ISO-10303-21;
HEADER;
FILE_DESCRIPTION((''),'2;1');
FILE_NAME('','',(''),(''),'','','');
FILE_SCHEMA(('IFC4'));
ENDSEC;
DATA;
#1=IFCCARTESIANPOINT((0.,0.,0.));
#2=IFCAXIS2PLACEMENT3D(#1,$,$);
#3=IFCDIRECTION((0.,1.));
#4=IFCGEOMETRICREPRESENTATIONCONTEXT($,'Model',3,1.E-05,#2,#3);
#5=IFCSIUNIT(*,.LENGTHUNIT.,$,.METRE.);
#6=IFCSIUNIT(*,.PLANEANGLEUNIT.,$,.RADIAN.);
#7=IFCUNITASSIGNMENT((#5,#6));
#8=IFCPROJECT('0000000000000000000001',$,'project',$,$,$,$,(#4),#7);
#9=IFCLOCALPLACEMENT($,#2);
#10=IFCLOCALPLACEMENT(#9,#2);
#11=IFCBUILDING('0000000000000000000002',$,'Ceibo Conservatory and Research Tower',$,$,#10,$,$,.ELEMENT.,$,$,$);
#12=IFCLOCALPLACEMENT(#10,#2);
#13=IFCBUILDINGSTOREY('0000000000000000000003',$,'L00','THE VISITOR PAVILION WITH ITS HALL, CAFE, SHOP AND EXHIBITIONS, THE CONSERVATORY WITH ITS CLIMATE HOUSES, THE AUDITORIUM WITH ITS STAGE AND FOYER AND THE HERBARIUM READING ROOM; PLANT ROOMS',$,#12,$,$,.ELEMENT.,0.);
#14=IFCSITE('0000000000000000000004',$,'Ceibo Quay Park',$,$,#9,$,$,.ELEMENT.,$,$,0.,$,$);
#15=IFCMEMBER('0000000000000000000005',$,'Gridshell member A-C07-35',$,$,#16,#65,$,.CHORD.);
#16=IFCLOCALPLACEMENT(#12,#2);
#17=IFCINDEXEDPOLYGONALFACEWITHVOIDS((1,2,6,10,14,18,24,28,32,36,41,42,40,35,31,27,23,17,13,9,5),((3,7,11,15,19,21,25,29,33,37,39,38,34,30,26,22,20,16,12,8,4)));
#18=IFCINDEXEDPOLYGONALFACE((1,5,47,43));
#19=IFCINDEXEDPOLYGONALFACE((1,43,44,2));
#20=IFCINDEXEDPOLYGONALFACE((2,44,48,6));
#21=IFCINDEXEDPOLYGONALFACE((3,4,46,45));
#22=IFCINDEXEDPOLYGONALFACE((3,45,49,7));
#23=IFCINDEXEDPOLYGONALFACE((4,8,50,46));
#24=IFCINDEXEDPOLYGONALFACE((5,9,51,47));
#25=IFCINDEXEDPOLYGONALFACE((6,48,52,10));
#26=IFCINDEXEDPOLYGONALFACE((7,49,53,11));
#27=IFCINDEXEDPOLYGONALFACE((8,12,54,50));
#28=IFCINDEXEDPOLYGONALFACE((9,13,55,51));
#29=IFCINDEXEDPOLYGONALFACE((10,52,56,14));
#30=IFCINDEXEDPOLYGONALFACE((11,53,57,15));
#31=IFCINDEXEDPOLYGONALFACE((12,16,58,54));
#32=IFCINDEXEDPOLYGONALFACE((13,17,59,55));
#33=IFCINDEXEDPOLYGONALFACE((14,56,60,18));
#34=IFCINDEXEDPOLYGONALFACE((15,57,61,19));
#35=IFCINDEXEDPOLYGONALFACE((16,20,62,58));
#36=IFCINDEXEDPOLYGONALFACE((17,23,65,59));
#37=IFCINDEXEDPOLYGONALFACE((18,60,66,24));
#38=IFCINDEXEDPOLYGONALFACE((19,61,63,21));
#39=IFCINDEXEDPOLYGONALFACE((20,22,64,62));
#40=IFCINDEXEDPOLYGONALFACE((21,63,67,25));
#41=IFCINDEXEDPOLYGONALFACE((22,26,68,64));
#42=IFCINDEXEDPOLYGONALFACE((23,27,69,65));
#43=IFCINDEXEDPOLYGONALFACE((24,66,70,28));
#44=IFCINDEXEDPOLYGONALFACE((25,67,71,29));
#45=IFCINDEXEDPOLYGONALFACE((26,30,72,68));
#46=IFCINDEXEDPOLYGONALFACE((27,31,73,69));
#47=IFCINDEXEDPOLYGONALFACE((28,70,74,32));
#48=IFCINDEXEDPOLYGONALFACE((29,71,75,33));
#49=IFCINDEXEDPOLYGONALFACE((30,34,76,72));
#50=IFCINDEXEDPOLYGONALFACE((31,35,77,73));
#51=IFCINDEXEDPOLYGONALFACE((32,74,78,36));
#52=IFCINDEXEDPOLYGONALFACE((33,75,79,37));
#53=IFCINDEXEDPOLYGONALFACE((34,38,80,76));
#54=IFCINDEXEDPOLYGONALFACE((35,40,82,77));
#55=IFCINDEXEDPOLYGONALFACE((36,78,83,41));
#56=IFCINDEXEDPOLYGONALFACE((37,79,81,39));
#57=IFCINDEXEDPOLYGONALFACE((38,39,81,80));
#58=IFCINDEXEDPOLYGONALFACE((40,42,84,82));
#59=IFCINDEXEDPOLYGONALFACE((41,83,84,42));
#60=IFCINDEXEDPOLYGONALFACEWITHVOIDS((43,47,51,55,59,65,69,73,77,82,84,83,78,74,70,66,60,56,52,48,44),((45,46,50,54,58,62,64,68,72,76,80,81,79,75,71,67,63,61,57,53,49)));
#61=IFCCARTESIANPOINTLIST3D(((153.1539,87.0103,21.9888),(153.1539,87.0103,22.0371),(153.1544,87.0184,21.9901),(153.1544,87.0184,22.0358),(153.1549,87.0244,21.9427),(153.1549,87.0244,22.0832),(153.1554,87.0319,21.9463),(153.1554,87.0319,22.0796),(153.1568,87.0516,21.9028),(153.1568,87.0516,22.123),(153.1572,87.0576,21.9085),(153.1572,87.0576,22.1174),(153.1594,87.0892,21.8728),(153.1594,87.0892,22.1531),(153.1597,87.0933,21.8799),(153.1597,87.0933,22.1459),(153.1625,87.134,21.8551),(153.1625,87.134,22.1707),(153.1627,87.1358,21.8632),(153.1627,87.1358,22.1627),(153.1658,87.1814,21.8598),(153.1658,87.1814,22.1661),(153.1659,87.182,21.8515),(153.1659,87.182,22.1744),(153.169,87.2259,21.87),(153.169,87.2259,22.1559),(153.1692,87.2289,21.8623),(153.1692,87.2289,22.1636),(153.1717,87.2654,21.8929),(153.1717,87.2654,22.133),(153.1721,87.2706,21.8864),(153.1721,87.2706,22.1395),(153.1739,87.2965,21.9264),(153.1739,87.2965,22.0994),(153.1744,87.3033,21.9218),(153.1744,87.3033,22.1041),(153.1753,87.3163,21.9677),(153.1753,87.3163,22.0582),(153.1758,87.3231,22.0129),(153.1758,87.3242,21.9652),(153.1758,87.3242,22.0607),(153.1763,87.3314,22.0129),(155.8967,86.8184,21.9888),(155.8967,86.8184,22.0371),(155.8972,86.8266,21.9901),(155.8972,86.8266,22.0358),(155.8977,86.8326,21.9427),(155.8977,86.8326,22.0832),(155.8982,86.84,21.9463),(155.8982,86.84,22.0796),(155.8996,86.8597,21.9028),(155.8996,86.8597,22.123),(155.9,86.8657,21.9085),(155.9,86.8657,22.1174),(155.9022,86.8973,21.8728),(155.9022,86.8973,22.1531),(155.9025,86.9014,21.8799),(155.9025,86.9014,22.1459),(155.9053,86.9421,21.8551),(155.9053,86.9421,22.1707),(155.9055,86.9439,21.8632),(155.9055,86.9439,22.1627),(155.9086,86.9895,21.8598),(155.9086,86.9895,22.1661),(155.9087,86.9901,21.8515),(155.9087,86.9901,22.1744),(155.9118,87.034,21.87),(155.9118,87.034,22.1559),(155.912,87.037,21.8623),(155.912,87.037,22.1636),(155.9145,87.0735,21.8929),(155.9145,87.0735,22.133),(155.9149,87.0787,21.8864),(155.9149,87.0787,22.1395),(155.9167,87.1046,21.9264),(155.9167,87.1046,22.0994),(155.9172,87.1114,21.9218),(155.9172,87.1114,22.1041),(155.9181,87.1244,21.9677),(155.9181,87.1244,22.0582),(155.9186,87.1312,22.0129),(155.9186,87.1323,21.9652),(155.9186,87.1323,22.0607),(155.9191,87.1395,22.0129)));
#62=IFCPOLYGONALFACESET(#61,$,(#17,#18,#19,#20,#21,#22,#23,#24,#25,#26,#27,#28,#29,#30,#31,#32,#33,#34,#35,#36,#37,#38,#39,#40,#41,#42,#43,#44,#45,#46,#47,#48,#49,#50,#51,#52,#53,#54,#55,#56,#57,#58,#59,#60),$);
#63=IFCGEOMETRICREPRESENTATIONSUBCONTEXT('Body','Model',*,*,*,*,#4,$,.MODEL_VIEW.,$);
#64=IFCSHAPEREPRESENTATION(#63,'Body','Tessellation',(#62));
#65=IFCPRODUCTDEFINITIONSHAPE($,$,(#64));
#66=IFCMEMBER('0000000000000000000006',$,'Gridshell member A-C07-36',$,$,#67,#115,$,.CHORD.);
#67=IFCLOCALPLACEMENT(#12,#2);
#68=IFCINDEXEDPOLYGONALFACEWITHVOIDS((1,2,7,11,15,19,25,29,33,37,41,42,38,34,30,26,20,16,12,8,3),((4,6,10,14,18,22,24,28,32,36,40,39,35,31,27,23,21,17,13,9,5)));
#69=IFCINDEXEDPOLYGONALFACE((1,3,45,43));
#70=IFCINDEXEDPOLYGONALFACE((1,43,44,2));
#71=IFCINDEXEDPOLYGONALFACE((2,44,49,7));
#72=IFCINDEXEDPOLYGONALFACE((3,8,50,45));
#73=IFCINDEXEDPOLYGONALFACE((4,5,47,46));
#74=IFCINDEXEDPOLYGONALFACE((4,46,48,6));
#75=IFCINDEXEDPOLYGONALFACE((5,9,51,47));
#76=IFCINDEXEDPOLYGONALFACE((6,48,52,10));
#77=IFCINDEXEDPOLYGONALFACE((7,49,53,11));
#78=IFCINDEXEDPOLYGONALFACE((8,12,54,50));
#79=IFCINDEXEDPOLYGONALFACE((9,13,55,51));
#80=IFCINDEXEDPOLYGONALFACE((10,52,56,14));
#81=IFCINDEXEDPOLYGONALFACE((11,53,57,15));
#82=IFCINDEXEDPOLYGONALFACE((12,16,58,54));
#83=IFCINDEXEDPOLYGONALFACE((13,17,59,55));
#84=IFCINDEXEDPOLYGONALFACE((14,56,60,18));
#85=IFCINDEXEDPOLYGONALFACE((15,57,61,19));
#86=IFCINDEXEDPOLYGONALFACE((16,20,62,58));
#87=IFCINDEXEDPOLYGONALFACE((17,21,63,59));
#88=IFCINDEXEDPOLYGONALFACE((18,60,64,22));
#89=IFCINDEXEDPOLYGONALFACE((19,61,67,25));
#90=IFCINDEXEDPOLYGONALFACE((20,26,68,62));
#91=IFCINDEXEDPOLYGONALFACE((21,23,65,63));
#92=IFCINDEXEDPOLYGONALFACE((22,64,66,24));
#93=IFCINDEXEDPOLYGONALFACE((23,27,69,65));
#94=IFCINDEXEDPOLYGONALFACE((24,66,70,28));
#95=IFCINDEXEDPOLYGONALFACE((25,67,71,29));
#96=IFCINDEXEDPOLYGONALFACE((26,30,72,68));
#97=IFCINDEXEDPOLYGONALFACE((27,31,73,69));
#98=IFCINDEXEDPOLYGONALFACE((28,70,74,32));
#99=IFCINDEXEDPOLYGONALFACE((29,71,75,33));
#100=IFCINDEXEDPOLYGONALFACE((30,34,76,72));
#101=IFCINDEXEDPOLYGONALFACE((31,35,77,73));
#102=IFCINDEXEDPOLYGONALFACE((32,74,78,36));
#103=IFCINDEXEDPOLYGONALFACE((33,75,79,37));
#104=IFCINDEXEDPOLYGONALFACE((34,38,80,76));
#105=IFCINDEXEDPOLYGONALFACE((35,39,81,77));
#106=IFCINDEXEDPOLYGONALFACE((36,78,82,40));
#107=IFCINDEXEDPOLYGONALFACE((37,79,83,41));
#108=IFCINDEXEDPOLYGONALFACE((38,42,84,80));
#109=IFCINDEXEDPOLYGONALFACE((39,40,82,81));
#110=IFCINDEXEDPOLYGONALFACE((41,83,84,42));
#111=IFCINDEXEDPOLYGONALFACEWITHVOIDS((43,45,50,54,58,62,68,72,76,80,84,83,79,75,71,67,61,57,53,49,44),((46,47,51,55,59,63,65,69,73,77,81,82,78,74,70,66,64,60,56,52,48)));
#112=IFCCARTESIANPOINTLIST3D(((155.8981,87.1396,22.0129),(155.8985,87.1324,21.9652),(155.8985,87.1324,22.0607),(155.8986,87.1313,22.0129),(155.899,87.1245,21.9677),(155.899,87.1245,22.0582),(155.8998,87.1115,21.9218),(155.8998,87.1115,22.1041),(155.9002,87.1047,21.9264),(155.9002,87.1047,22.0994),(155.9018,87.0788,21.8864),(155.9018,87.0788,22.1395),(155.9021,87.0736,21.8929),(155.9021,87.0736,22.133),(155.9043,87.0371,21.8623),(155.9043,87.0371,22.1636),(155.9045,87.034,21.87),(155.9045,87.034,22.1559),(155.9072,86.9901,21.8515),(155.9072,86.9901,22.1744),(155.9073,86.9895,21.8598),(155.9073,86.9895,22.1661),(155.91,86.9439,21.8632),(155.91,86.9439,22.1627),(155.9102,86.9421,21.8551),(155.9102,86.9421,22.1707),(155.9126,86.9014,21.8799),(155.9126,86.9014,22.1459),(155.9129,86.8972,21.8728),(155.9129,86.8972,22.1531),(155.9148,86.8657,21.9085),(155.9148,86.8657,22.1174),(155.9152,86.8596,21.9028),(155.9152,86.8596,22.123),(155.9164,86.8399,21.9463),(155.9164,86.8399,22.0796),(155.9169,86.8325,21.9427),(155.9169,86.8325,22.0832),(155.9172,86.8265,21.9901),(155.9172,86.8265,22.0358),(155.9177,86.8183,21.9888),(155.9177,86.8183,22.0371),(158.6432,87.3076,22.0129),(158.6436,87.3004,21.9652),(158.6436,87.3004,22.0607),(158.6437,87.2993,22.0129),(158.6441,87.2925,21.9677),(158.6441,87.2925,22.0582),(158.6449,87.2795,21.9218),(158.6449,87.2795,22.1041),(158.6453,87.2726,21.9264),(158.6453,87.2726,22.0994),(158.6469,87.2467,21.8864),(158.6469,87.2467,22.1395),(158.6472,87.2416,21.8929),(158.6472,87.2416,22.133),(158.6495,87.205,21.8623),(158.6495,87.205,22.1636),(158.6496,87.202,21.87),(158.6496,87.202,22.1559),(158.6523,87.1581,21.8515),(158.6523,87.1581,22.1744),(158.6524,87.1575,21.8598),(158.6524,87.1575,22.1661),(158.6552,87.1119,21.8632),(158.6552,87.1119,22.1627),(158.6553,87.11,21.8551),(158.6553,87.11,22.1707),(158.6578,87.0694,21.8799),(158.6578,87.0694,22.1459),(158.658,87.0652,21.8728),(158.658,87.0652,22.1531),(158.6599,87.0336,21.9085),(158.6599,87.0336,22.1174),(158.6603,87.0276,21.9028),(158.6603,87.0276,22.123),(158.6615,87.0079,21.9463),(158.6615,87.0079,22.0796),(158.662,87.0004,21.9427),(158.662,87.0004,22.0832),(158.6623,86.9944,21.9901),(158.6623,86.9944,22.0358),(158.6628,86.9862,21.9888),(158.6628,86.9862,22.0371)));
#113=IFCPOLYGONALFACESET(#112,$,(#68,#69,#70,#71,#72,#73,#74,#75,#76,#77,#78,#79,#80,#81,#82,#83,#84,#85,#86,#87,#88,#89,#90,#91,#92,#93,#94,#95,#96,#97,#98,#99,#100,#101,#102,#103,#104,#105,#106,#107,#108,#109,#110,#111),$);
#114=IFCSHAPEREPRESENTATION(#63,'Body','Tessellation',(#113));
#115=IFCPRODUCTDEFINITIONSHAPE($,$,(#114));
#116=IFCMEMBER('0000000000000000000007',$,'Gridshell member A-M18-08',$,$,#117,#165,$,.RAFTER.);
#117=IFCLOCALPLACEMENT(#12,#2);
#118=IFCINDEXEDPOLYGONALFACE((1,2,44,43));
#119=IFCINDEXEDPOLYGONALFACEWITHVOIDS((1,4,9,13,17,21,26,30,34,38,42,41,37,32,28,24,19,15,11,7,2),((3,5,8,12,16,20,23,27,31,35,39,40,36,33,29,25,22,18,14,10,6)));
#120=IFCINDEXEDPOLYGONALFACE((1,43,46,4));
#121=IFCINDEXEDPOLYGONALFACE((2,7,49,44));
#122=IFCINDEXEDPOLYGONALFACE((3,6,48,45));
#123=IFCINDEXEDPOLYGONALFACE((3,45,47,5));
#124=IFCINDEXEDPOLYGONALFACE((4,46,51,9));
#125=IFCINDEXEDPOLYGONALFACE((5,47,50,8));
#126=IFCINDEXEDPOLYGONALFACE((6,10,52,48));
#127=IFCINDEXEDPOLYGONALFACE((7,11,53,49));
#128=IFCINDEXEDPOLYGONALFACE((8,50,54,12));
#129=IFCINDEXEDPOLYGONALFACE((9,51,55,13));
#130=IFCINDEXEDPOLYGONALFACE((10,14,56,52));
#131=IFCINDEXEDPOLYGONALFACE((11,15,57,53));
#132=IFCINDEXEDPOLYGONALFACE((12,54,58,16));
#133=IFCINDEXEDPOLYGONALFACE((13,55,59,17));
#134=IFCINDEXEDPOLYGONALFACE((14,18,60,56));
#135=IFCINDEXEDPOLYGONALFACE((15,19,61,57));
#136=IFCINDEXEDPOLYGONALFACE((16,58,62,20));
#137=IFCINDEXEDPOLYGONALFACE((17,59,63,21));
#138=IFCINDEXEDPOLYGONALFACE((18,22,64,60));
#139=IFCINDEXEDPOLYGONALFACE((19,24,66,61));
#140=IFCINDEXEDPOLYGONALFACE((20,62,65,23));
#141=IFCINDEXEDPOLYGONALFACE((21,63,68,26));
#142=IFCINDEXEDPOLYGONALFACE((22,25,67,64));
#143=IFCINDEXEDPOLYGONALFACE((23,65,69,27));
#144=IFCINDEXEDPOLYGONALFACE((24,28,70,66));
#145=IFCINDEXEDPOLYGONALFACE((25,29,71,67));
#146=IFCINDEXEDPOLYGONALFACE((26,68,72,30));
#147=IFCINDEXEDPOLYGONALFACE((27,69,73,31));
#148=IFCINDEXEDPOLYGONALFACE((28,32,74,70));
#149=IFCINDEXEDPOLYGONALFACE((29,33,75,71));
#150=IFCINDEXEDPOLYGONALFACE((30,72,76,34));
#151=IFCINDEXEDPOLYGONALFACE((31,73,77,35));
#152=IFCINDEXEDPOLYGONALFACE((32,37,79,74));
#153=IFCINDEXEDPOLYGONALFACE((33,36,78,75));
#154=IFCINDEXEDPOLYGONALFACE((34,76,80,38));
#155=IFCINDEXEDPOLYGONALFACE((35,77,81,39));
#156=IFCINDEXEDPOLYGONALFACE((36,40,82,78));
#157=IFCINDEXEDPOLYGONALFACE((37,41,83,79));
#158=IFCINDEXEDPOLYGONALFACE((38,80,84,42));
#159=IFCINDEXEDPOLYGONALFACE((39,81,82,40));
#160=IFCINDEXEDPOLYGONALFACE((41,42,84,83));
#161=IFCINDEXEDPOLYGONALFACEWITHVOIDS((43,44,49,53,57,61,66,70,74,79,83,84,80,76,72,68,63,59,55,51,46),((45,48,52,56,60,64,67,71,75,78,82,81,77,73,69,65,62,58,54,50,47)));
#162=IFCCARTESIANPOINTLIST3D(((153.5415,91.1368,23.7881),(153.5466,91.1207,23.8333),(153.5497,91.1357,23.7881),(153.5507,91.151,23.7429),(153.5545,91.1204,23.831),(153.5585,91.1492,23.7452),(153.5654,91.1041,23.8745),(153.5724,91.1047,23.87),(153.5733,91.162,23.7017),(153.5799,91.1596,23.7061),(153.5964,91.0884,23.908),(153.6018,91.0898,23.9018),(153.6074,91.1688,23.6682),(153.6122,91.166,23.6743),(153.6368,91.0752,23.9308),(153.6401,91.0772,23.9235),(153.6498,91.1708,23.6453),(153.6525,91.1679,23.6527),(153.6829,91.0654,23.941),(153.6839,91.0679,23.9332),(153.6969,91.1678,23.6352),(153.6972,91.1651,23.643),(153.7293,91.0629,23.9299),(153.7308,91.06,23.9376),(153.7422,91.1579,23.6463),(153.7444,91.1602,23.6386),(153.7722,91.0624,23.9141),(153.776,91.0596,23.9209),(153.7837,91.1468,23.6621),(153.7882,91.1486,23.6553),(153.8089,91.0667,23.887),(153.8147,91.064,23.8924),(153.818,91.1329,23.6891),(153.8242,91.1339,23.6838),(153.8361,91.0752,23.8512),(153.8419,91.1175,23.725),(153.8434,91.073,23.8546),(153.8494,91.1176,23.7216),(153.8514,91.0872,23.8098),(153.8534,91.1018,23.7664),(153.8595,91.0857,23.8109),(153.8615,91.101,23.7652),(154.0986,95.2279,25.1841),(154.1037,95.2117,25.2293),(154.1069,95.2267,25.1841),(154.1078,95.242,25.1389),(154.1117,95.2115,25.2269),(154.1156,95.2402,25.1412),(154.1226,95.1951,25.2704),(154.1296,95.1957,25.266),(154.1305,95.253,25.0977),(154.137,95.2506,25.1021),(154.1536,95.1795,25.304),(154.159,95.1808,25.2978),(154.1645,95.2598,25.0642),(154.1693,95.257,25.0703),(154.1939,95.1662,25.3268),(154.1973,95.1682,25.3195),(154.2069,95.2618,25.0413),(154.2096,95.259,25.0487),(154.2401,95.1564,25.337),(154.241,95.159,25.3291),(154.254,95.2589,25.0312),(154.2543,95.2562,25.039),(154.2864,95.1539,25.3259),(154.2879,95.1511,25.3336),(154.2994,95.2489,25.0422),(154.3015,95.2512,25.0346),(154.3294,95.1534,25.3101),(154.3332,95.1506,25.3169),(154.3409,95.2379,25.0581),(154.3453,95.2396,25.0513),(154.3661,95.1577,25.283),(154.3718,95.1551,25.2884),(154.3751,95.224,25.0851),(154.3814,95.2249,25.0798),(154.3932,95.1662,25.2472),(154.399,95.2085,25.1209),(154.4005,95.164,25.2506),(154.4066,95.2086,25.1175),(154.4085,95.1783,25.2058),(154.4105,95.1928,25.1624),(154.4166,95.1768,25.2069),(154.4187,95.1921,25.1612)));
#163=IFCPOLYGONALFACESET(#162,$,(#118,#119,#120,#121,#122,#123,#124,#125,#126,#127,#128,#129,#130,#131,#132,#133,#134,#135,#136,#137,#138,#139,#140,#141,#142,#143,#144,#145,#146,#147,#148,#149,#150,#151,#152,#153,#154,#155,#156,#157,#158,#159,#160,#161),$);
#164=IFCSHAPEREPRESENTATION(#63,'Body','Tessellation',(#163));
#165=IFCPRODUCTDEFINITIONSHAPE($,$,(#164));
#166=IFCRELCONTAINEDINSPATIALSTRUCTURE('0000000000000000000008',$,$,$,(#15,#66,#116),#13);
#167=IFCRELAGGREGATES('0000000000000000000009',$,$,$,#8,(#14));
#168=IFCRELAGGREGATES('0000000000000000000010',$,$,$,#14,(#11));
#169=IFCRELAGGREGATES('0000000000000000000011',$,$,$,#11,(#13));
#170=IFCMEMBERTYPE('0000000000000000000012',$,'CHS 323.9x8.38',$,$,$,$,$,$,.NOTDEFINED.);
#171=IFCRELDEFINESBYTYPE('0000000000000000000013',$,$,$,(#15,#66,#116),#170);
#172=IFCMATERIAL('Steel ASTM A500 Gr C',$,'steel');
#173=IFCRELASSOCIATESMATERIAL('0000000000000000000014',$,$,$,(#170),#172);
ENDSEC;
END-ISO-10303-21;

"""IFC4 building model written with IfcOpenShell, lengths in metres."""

from ifc_helpers import new_model, si_unit, direction, frame, origin, origin_2d, place, context, subcontext, project, spatial, hollow_circle, extrude, material, material_profile, profile_set, type_object, element, save


model = new_model("IFC4")

# Units and contexts
model_context = context("Model", 3, precision=1e-05, world=origin(), true_north=direction((0.0, 1.0)))
body_context = subcontext(model_context, "Body", "Model", "MODEL_VIEW")
ifc_project = project(units=[si_unit("LENGTHUNIT", "METRE"), si_unit("PLANEANGLEUNIT", "RADIAN")], contexts=[model_context])

# Site, building, storey
site_placement = place(None, origin())
site = spatial("IfcSite", under=ifc_project, at=site_placement, Name="Ceibo Quay Park", CompositionType="ELEMENT", RefElevation=0.0)
building_placement = place(site_placement, origin())
building = spatial("IfcBuilding", under=site, at=building_placement, Name="Ceibo Conservatory and Research Tower", CompositionType="ELEMENT")
storey_placement = place(building_placement, origin())
storey = spatial("IfcBuildingStorey", under=building, at=storey_placement, Name="L00", Description="THE VISITOR PAVILION WITH ITS HALL, CAFE, SHOP AND EXHIBITIONS, THE CONSERVATORY WITH ITS CLIMATE HOUSES, THE AUDITORIUM WITH ITS STAGE AND FOYER AND THE HERBARIUM READING ROOM; PLANT ROOMS", CompositionType="ELEMENT", Elevation=0.0)

# Members
ifc_material_1 = material(Name="Steel ASTM A500 Gr C", Category="steel")
ifc_material_profile_1 = material_profile(ifc_material_1, hollow_circle(Radius=0.1619, WallThickness=0.0083, at=origin_2d()), Name="CHS 323.9x8.38")
ifc_profile_set_1 = profile_set([ifc_material_profile_1], Name="Steel ASTM A500 Gr C")
member_type_1 = type_object("IfcMemberType", Name="CHS 323.9x8.38", PredefinedType="NOTDEFINED", material=ifc_profile_set_1)
member_1_placement = place(storey_placement, frame((153.165, 87.1699, 22.0129), z_axis=(0.997562, -0.069789, 0.0), x_axis=(0.069789, 0.997562, 0.0)))
element("IfcMember", 1, at=member_1_placement, inside=storey, type_object=member_type_1, Name="Gridshell member A-C07-35", PredefinedType="CHORD", context=body_context, shape_type="SweptSolid", body=[
    extrude(hollow_circle(Radius=0.1619, WallThickness=0.0083, at=origin_2d()), origin(), (0.0, 0.0, 1.0), 2.7495),
])
member_2_placement = place(storey_placement, frame((155.908, 86.978, 22.0129), z_axis=(0.998133, 0.061074, 0.0), x_axis=(-0.061074, 0.998133, 0.0)))
element("IfcMember", 2, at=member_2_placement, inside=storey, type_object=member_type_1, Name="Gridshell member A-C07-36", PredefinedType="CHORD", context=body_context, shape_type="SweptSolid", body=[
    extrude(hollow_circle(Radius=0.1619, WallThickness=0.0083, at=origin_2d()), origin(), (0.0, 0.0, 1.0), 2.7502),
])
member_3_placement = place(storey_placement, frame((153.7019, 91.115, 23.7881), z_axis=(0.127828, 0.938653, 0.320297), x_axis=(-0.990854, 0.134936, 0.0)))
element("IfcMember", 3, at=member_3_placement, inside=storey, type_object=member_type_1, Name="Gridshell member A-M18-08", PredefinedType="RAFTER", context=body_context, shape_type="SweptSolid", body=[
    extrude(hollow_circle(Radius=0.1619, WallThickness=0.0083, at=origin_2d()), origin(), (0.0, 0.0, 1.0), 4.3584),
])

save(model, "model.ifc")
